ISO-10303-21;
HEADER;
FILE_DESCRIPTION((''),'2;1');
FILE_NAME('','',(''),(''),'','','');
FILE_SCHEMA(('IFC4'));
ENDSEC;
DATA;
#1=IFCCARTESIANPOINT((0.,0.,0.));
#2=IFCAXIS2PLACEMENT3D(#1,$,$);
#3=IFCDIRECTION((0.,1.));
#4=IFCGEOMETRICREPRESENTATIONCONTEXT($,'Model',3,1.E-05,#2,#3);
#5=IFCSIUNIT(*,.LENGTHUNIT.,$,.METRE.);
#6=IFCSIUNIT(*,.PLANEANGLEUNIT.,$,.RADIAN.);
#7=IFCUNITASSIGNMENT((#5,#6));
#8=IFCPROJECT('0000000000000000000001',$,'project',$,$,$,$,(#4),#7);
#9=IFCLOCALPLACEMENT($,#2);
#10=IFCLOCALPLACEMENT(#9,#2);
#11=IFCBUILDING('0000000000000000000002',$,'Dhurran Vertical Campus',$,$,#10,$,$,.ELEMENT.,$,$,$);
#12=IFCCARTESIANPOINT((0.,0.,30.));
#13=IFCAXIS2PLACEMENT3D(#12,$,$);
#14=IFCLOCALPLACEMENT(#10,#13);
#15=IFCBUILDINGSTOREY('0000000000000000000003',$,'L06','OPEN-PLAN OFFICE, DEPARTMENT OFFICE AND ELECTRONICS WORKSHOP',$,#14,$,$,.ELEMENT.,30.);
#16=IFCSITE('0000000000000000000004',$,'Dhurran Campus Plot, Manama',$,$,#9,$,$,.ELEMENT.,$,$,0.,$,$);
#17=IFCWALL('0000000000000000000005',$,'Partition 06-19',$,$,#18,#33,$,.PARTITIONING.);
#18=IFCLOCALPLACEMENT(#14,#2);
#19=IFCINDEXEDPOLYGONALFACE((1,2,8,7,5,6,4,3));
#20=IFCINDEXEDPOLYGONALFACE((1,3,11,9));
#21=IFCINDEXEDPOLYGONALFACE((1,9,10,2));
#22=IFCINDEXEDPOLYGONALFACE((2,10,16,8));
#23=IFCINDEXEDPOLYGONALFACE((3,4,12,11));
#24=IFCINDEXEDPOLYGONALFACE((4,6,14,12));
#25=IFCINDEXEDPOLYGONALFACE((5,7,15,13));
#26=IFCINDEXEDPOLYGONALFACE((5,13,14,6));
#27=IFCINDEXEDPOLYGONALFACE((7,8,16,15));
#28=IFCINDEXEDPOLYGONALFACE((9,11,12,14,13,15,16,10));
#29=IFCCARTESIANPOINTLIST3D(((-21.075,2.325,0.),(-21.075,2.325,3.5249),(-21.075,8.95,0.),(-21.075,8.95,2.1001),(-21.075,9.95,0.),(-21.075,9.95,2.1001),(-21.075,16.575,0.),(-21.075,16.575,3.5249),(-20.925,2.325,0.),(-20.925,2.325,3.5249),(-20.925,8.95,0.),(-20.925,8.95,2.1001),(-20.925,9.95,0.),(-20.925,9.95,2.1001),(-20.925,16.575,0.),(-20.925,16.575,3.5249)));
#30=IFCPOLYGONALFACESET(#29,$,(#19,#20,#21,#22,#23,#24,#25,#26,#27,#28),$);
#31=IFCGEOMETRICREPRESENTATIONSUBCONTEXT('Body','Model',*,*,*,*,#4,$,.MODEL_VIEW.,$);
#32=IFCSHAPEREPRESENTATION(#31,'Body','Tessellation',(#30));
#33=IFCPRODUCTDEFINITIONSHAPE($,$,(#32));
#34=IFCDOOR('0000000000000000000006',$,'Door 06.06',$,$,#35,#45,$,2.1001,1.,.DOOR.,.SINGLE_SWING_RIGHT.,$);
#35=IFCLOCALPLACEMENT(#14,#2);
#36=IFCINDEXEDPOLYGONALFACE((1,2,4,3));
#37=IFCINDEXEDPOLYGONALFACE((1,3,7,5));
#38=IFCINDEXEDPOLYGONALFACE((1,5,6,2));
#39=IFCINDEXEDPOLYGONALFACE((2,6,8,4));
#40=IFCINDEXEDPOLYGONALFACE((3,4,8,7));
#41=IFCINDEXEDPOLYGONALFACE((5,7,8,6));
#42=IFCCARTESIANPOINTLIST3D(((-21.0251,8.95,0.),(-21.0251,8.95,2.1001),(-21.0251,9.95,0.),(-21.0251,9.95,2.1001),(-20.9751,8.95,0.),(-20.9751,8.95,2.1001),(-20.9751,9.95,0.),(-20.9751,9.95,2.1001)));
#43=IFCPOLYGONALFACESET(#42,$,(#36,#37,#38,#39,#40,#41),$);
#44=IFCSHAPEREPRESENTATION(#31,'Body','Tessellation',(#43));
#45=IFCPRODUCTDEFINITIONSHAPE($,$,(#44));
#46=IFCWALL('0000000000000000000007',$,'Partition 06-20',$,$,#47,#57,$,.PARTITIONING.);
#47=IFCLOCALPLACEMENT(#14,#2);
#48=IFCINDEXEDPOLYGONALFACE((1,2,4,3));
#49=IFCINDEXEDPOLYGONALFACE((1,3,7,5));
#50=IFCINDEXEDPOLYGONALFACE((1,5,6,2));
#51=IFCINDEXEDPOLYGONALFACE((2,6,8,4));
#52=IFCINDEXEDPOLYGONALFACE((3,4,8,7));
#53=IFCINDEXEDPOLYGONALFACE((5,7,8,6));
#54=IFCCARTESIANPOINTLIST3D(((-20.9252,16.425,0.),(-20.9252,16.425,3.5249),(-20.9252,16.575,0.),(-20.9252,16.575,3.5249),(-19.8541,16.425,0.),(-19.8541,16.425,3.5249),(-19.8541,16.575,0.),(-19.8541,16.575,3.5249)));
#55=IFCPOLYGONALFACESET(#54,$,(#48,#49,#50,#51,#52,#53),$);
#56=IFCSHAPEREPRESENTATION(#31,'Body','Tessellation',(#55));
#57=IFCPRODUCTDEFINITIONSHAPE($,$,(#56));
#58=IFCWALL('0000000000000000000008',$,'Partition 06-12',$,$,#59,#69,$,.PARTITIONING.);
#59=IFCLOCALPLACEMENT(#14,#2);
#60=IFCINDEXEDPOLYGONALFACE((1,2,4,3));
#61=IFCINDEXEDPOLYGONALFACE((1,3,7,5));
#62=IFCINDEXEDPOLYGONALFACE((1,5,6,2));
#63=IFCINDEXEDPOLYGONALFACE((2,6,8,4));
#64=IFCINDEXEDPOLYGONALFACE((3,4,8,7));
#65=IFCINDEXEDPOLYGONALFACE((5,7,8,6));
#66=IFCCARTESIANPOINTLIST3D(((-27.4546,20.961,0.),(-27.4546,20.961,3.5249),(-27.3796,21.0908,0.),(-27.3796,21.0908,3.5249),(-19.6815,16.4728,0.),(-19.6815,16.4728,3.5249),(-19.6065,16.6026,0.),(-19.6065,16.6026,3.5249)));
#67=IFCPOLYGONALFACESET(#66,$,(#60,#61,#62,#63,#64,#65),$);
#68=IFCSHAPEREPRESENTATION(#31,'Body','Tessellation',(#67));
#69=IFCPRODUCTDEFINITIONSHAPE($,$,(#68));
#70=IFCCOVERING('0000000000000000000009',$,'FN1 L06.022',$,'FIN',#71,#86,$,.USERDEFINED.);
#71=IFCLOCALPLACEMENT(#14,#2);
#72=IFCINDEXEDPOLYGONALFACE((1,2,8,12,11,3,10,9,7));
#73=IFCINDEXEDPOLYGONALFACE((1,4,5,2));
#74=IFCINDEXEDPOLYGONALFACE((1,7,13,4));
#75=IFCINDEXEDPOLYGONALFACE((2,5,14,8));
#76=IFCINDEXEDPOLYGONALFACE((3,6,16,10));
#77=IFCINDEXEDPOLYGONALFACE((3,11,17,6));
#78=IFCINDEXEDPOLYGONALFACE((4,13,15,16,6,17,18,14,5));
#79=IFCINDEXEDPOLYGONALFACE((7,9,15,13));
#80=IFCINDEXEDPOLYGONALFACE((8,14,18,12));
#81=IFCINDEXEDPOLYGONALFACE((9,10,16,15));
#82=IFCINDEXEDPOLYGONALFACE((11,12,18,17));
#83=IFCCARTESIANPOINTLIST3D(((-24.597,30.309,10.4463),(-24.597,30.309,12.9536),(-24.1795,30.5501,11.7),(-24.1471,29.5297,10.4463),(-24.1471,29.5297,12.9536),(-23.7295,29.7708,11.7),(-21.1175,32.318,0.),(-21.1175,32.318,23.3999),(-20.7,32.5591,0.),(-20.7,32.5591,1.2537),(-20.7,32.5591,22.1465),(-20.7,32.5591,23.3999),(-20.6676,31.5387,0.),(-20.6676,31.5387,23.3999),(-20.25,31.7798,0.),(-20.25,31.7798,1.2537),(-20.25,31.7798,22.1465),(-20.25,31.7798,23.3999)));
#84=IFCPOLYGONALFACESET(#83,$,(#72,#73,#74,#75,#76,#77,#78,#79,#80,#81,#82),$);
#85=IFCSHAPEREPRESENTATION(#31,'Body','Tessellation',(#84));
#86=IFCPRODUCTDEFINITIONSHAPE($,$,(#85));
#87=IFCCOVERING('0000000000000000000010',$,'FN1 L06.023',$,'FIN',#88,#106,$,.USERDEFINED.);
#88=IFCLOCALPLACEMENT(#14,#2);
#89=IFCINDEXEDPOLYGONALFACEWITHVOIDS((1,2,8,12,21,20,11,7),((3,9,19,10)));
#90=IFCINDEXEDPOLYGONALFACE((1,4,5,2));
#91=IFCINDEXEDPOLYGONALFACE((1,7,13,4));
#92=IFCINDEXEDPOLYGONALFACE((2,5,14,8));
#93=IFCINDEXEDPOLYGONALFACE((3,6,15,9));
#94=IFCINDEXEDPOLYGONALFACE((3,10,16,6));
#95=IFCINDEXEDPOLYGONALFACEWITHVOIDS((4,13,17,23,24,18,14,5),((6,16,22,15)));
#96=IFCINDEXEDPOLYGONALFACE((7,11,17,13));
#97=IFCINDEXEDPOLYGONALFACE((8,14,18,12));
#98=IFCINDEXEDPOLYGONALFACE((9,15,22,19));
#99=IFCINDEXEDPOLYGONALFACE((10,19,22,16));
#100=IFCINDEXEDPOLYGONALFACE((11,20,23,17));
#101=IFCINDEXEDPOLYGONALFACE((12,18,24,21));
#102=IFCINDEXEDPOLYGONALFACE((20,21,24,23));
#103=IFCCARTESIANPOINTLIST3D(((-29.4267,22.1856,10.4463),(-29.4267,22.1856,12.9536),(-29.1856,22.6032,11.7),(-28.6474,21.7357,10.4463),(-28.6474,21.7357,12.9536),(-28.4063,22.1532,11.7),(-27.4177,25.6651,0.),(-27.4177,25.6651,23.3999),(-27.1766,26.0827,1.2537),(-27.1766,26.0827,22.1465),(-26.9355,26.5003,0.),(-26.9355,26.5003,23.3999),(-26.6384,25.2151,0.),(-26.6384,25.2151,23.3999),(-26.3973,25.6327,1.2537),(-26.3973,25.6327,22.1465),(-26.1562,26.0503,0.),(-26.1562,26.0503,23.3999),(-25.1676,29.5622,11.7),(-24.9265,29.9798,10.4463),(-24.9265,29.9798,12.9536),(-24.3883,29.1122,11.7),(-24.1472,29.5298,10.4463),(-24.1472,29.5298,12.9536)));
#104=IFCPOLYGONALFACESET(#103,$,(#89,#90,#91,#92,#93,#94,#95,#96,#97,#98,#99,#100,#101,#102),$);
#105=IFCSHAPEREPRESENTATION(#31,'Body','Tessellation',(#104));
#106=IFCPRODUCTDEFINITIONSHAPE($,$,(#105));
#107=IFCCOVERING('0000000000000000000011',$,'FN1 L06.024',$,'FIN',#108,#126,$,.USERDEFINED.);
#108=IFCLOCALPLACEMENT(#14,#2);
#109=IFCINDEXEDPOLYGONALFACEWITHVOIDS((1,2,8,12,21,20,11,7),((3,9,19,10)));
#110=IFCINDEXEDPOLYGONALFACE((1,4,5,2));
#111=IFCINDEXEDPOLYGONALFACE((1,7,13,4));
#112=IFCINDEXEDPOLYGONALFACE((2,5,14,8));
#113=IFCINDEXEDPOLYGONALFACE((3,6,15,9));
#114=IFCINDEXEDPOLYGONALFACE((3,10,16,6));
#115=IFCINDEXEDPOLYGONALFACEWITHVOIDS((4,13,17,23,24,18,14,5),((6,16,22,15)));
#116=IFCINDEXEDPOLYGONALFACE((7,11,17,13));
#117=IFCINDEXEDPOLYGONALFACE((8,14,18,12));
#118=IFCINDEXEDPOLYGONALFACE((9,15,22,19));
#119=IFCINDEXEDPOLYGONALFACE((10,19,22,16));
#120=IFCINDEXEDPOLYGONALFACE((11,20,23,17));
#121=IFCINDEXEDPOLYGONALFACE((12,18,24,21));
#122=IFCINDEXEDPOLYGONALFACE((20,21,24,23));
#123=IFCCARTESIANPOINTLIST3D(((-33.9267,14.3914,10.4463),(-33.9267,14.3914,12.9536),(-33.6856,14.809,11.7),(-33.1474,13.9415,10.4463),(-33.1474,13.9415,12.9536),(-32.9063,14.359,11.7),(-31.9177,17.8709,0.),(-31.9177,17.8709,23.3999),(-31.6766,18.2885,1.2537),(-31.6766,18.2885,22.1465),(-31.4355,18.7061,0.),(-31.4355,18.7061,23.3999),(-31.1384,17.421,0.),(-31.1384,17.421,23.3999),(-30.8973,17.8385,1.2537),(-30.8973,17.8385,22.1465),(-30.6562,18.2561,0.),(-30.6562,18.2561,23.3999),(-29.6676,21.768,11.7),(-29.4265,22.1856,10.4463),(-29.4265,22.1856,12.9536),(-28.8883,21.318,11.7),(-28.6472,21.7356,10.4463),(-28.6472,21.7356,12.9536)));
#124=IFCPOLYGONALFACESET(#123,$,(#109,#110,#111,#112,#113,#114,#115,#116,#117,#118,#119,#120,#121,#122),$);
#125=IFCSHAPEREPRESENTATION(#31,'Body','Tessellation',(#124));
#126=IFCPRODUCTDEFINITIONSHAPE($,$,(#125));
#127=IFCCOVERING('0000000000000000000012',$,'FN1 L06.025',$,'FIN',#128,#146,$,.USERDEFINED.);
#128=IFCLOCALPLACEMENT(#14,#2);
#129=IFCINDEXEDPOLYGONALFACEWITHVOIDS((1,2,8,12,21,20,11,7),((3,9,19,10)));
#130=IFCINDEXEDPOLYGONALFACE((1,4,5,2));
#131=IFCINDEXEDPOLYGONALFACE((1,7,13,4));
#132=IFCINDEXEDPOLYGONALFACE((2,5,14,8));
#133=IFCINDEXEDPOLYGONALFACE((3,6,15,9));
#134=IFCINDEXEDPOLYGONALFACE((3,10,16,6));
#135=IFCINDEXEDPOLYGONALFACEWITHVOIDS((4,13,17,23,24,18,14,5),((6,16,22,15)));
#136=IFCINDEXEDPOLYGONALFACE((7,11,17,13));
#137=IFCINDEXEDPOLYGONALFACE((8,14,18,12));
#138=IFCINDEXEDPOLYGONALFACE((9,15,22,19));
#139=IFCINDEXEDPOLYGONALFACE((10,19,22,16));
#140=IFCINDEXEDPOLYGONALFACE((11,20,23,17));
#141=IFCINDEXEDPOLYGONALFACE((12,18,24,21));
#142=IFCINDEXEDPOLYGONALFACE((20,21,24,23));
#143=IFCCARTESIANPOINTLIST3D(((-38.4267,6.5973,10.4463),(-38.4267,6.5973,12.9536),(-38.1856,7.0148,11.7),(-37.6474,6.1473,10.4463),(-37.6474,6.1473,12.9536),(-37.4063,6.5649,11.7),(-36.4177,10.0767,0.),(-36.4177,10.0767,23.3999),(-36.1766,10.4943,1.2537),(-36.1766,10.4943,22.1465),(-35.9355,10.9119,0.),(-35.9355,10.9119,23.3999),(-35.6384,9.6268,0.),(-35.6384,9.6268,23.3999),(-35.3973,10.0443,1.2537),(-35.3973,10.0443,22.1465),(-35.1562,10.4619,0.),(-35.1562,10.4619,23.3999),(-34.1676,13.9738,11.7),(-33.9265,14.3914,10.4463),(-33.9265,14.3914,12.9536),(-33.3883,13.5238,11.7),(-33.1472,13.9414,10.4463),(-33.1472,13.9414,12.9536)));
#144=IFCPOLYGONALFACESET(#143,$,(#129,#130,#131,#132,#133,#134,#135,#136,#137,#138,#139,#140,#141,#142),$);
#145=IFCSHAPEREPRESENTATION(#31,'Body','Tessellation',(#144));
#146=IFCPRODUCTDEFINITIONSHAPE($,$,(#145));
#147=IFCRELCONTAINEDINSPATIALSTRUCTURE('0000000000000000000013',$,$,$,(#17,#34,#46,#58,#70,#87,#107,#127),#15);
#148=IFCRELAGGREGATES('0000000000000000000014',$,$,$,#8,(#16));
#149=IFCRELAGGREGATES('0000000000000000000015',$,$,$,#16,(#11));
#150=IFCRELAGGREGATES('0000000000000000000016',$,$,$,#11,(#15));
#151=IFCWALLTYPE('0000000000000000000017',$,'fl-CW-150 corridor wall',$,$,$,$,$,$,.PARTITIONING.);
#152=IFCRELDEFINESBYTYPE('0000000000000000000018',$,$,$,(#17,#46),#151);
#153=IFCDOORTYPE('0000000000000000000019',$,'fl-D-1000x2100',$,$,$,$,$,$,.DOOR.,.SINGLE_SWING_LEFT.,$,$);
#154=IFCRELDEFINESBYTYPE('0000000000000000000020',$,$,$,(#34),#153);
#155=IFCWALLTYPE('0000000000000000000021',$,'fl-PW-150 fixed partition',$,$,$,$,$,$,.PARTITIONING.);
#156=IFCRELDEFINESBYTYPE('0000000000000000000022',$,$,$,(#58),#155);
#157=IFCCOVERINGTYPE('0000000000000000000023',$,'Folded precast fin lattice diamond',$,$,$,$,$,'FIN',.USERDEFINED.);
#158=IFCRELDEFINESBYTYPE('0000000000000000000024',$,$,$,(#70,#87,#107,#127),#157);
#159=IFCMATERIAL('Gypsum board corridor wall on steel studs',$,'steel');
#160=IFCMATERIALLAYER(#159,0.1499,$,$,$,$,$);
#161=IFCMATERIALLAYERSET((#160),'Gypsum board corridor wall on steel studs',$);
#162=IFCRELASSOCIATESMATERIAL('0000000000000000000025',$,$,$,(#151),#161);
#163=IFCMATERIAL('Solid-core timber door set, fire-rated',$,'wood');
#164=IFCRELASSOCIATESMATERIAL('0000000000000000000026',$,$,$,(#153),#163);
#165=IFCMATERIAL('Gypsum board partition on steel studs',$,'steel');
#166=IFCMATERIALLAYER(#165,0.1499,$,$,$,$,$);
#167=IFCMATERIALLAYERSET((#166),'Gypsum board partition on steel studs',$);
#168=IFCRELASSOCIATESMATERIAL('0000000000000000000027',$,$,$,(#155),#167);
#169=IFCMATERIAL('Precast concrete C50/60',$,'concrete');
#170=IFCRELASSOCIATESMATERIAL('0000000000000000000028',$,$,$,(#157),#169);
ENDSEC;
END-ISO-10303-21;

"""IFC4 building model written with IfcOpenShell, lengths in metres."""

from ifc_helpers import new_model, si_unit, direction, frame, frame_2d, origin, place, context, subcontext, project, spatial, polyline, rectangle, outline, extrude, material, layer, layer_set, type_object, element, fill, save


model = new_model("IFC4")

# Units and contexts
model_context = context("Model", 3, precision=1e-05, world=origin(), true_north=direction((0.0, 1.0)))
body_context = subcontext(model_context, "Body", "Model", "MODEL_VIEW")
ifc_project = project(units=[si_unit("LENGTHUNIT", "METRE"), si_unit("PLANEANGLEUNIT", "RADIAN")], contexts=[model_context])

# Site, building, storey
site_placement = place(None, origin())
site = spatial("IfcSite", under=ifc_project, at=site_placement, Name="Dhurran Campus Plot, Manama", CompositionType="ELEMENT", RefElevation=0.0)
building_placement = place(site_placement, origin())
building = spatial("IfcBuilding", under=site, at=building_placement, Name="Dhurran Vertical Campus", CompositionType="ELEMENT")
storey_placement = place(building_placement, frame((0.0, 0.0, 30.0)))
storey = spatial("IfcBuildingStorey", under=building, at=storey_placement, Name="L06", Description="OPEN-PLAN OFFICE, DEPARTMENT OFFICE AND ELECTRONICS WORKSHOP", CompositionType="ELEMENT", Elevation=30.0)

# Wall, opening, door
ifc_material_1 = material(Name="Gypsum board corridor wall on steel studs", Category="steel")
ifc_layer_1 = layer(ifc_material_1, 0.1499)
ifc_layer_set_1 = layer_set([ifc_layer_1], Name="Gypsum board corridor wall on steel studs")
wall_type_1 = type_object("IfcWallType", Name="fl-CW-150 corridor wall", PredefinedType="PARTITIONING", material=ifc_layer_set_1)
wall_1_placement = place(storey_placement, frame((-21.0, 16.575, 0.0), z_axis=(0.0, 0.0, 1.0), x_axis=(0.0, -1.0, 0.0)))
wall_1 = element("IfcWall", 1, at=wall_1_placement, inside=storey, type_object=wall_type_1, Name="Partition 06-19", PredefinedType="PARTITIONING", context=body_context, shape_type="SweptSolid", body=[
    extrude(rectangle(XDim=14.25, YDim=0.1499, at=frame_2d((7.125, 0.0))), origin(), (0.0, 0.0, 1.0), 3.5249),
])
opening_1_placement = place(wall_1_placement, frame((6.625, 0.0, 0.0)))
opening_1 = element("IfcOpeningElement", 2, at=opening_1_placement, cuts=wall_1, PredefinedType="OPENING", context=body_context, shape_type="SweptSolid", body=[
    extrude(rectangle(XDim=1.0, YDim=2.1001, at=frame_2d((0.5, 1.05))), frame((0.0, 0.085, 0.0), z_axis=(0.0, -1.0, 0.0), x_axis=(1.0, 0.0, 0.0)), (0.0, 0.0, 1.0), 0.1699),
])
ifc_material_2 = material(Name="Solid-core timber door set, fire-rated", Category="wood")
door_type = type_object("IfcDoorType", Name="fl-D-1000x2100", OperationType="SINGLE_SWING_LEFT", PredefinedType="DOOR", material=ifc_material_2)
door_placement = place(opening_1_placement, origin())
door = element("IfcDoor", 3, at=door_placement, inside=storey, type_object=door_type, Name="Door 06.06", OperationType="SINGLE_SWING_RIGHT", OverallHeight=2.1001, OverallWidth=1.0, PredefinedType="DOOR", context=body_context, shape_type="SweptSolid", body=[
    extrude(rectangle(XDim=1.0, YDim=2.1001, at=frame_2d((0.5, 1.05))), frame((0.0, 0.0249, 0.0), z_axis=(0.0, -1.0, 0.0), x_axis=(1.0, 0.0, 0.0)), (0.0, 0.0, 1.0), 0.05),
])
fill(opening_1, door)

# Walls
wall_2_placement = place(storey_placement, frame((-19.854, 16.5, 0.0), z_axis=(0.0, 0.0, 1.0), x_axis=(-1.0, 0.0, 0.0)))
element("IfcWall", 4, at=wall_2_placement, inside=storey, type_object=wall_type_1, Name="Partition 06-20", PredefinedType="PARTITIONING", context=body_context, shape_type="SweptSolid", body=[
    extrude(rectangle(XDim=1.071, YDim=0.1499, at=frame_2d((0.5356, 0.0))), origin(), (0.0, 0.0, 1.0), 3.5249),
])
ifc_material_3 = material(Name="Gypsum board partition on steel studs", Category="steel")
ifc_layer_2 = layer(ifc_material_3, 0.1499)
ifc_layer_set_2 = layer_set([ifc_layer_2], Name="Gypsum board partition on steel studs")
wall_type_2 = type_object("IfcWallType", Name="fl-PW-150 fixed partition", PredefinedType="PARTITIONING", material=ifc_layer_set_2)
wall_3_placement = place(storey_placement, frame((-27.417, 21.0259, 0.0), z_axis=(0.0, 0.0, 1.0), x_axis=(0.866005, -0.500036, 0.0)))
element("IfcWall", 5, at=wall_3_placement, inside=storey, type_object=wall_type_2, Name="Partition 06-12", PredefinedType="PARTITIONING", context=body_context, shape_type="SweptSolid", body=[
    extrude(rectangle(XDim=8.9758, YDim=0.1499, at=frame_2d((4.4878, 0.0))), origin(), (0.0, 0.0, 1.0), 3.5249),
])

# Coverings
ifc_material_4 = material(Name="Precast concrete C50/60", Category="concrete")
covering_type = type_object("IfcCoveringType", Name="Folded precast fin lattice diamond", ElementType="FIN", PredefinedType="USERDEFINED", material=ifc_material_4)
covering_placement = place(storey_placement, frame((-20.25, 31.7798, 0.0), z_axis=(-0.50002, 0.866014, 0.0), x_axis=(-0.866014, -0.50002, 0.0)))
element("IfcCovering", 6, at=covering_placement, inside=storey, type_object=covering_type, Name="FN1 L06.022", ObjectType="FIN", PredefinedType="USERDEFINED", context=body_context, shape_type="SweptSolid", body=[
    extrude(outline(polyline([(4.5, 10.4463), (0.4822, 0.0), (0.0, 0.0), (0.0, 1.2537), (4.0178, 11.7), (0.0, 22.1465), (0.0, 23.3999), (0.4822, 23.3999), (4.5, 12.9536), (4.5, 10.4463)])), origin(), (0.0, 0.0, 1.0), 0.8999),
])
for number, where, z_axis, x_axis, name in (
    (7, (-24.1472, 29.5298, 0.0), (-0.866014, 0.50002, 0.0), (-0.50002, -0.866014, 0.0), "FN1 L06.023"),
    (8, (-28.6472, 21.7356, 0.0), (-0.866014, 0.50002, 0.0), (-0.50002, -0.866014, 0.0), "FN1 L06.024"),
    (9, (-33.1472, 13.9414, 0.0), (-0.866014, 0.50002, 0.0), (-0.50002, -0.866014, 0.0), "FN1 L06.025"),
):
    element("IfcCovering", number, at=place(storey_placement, frame(where, z_axis=z_axis, x_axis=x_axis)), inside=storey, type_object=covering_type, Name=name, ObjectType="FIN", PredefinedType="USERDEFINED", context=body_context, shape_type="SweptSolid", body=[
        extrude(outline(polyline([(9.0, 12.9536), (9.0, 10.4463), (4.9822, 0.0), (4.0178, 0.0), (0.0, 10.4463), (0.0, 12.9536), (4.0178, 23.3999), (4.9822, 23.3999), (9.0, 12.9536)]), holes=[polyline([(8.5178, 11.7), (4.5, 22.1465), (0.4822, 11.7), (4.5, 1.2537), (8.5178, 11.7)])]), origin(), (0.0, 0.0, 1.0), 0.8999),
    ])

save(model, "model.ifc")
